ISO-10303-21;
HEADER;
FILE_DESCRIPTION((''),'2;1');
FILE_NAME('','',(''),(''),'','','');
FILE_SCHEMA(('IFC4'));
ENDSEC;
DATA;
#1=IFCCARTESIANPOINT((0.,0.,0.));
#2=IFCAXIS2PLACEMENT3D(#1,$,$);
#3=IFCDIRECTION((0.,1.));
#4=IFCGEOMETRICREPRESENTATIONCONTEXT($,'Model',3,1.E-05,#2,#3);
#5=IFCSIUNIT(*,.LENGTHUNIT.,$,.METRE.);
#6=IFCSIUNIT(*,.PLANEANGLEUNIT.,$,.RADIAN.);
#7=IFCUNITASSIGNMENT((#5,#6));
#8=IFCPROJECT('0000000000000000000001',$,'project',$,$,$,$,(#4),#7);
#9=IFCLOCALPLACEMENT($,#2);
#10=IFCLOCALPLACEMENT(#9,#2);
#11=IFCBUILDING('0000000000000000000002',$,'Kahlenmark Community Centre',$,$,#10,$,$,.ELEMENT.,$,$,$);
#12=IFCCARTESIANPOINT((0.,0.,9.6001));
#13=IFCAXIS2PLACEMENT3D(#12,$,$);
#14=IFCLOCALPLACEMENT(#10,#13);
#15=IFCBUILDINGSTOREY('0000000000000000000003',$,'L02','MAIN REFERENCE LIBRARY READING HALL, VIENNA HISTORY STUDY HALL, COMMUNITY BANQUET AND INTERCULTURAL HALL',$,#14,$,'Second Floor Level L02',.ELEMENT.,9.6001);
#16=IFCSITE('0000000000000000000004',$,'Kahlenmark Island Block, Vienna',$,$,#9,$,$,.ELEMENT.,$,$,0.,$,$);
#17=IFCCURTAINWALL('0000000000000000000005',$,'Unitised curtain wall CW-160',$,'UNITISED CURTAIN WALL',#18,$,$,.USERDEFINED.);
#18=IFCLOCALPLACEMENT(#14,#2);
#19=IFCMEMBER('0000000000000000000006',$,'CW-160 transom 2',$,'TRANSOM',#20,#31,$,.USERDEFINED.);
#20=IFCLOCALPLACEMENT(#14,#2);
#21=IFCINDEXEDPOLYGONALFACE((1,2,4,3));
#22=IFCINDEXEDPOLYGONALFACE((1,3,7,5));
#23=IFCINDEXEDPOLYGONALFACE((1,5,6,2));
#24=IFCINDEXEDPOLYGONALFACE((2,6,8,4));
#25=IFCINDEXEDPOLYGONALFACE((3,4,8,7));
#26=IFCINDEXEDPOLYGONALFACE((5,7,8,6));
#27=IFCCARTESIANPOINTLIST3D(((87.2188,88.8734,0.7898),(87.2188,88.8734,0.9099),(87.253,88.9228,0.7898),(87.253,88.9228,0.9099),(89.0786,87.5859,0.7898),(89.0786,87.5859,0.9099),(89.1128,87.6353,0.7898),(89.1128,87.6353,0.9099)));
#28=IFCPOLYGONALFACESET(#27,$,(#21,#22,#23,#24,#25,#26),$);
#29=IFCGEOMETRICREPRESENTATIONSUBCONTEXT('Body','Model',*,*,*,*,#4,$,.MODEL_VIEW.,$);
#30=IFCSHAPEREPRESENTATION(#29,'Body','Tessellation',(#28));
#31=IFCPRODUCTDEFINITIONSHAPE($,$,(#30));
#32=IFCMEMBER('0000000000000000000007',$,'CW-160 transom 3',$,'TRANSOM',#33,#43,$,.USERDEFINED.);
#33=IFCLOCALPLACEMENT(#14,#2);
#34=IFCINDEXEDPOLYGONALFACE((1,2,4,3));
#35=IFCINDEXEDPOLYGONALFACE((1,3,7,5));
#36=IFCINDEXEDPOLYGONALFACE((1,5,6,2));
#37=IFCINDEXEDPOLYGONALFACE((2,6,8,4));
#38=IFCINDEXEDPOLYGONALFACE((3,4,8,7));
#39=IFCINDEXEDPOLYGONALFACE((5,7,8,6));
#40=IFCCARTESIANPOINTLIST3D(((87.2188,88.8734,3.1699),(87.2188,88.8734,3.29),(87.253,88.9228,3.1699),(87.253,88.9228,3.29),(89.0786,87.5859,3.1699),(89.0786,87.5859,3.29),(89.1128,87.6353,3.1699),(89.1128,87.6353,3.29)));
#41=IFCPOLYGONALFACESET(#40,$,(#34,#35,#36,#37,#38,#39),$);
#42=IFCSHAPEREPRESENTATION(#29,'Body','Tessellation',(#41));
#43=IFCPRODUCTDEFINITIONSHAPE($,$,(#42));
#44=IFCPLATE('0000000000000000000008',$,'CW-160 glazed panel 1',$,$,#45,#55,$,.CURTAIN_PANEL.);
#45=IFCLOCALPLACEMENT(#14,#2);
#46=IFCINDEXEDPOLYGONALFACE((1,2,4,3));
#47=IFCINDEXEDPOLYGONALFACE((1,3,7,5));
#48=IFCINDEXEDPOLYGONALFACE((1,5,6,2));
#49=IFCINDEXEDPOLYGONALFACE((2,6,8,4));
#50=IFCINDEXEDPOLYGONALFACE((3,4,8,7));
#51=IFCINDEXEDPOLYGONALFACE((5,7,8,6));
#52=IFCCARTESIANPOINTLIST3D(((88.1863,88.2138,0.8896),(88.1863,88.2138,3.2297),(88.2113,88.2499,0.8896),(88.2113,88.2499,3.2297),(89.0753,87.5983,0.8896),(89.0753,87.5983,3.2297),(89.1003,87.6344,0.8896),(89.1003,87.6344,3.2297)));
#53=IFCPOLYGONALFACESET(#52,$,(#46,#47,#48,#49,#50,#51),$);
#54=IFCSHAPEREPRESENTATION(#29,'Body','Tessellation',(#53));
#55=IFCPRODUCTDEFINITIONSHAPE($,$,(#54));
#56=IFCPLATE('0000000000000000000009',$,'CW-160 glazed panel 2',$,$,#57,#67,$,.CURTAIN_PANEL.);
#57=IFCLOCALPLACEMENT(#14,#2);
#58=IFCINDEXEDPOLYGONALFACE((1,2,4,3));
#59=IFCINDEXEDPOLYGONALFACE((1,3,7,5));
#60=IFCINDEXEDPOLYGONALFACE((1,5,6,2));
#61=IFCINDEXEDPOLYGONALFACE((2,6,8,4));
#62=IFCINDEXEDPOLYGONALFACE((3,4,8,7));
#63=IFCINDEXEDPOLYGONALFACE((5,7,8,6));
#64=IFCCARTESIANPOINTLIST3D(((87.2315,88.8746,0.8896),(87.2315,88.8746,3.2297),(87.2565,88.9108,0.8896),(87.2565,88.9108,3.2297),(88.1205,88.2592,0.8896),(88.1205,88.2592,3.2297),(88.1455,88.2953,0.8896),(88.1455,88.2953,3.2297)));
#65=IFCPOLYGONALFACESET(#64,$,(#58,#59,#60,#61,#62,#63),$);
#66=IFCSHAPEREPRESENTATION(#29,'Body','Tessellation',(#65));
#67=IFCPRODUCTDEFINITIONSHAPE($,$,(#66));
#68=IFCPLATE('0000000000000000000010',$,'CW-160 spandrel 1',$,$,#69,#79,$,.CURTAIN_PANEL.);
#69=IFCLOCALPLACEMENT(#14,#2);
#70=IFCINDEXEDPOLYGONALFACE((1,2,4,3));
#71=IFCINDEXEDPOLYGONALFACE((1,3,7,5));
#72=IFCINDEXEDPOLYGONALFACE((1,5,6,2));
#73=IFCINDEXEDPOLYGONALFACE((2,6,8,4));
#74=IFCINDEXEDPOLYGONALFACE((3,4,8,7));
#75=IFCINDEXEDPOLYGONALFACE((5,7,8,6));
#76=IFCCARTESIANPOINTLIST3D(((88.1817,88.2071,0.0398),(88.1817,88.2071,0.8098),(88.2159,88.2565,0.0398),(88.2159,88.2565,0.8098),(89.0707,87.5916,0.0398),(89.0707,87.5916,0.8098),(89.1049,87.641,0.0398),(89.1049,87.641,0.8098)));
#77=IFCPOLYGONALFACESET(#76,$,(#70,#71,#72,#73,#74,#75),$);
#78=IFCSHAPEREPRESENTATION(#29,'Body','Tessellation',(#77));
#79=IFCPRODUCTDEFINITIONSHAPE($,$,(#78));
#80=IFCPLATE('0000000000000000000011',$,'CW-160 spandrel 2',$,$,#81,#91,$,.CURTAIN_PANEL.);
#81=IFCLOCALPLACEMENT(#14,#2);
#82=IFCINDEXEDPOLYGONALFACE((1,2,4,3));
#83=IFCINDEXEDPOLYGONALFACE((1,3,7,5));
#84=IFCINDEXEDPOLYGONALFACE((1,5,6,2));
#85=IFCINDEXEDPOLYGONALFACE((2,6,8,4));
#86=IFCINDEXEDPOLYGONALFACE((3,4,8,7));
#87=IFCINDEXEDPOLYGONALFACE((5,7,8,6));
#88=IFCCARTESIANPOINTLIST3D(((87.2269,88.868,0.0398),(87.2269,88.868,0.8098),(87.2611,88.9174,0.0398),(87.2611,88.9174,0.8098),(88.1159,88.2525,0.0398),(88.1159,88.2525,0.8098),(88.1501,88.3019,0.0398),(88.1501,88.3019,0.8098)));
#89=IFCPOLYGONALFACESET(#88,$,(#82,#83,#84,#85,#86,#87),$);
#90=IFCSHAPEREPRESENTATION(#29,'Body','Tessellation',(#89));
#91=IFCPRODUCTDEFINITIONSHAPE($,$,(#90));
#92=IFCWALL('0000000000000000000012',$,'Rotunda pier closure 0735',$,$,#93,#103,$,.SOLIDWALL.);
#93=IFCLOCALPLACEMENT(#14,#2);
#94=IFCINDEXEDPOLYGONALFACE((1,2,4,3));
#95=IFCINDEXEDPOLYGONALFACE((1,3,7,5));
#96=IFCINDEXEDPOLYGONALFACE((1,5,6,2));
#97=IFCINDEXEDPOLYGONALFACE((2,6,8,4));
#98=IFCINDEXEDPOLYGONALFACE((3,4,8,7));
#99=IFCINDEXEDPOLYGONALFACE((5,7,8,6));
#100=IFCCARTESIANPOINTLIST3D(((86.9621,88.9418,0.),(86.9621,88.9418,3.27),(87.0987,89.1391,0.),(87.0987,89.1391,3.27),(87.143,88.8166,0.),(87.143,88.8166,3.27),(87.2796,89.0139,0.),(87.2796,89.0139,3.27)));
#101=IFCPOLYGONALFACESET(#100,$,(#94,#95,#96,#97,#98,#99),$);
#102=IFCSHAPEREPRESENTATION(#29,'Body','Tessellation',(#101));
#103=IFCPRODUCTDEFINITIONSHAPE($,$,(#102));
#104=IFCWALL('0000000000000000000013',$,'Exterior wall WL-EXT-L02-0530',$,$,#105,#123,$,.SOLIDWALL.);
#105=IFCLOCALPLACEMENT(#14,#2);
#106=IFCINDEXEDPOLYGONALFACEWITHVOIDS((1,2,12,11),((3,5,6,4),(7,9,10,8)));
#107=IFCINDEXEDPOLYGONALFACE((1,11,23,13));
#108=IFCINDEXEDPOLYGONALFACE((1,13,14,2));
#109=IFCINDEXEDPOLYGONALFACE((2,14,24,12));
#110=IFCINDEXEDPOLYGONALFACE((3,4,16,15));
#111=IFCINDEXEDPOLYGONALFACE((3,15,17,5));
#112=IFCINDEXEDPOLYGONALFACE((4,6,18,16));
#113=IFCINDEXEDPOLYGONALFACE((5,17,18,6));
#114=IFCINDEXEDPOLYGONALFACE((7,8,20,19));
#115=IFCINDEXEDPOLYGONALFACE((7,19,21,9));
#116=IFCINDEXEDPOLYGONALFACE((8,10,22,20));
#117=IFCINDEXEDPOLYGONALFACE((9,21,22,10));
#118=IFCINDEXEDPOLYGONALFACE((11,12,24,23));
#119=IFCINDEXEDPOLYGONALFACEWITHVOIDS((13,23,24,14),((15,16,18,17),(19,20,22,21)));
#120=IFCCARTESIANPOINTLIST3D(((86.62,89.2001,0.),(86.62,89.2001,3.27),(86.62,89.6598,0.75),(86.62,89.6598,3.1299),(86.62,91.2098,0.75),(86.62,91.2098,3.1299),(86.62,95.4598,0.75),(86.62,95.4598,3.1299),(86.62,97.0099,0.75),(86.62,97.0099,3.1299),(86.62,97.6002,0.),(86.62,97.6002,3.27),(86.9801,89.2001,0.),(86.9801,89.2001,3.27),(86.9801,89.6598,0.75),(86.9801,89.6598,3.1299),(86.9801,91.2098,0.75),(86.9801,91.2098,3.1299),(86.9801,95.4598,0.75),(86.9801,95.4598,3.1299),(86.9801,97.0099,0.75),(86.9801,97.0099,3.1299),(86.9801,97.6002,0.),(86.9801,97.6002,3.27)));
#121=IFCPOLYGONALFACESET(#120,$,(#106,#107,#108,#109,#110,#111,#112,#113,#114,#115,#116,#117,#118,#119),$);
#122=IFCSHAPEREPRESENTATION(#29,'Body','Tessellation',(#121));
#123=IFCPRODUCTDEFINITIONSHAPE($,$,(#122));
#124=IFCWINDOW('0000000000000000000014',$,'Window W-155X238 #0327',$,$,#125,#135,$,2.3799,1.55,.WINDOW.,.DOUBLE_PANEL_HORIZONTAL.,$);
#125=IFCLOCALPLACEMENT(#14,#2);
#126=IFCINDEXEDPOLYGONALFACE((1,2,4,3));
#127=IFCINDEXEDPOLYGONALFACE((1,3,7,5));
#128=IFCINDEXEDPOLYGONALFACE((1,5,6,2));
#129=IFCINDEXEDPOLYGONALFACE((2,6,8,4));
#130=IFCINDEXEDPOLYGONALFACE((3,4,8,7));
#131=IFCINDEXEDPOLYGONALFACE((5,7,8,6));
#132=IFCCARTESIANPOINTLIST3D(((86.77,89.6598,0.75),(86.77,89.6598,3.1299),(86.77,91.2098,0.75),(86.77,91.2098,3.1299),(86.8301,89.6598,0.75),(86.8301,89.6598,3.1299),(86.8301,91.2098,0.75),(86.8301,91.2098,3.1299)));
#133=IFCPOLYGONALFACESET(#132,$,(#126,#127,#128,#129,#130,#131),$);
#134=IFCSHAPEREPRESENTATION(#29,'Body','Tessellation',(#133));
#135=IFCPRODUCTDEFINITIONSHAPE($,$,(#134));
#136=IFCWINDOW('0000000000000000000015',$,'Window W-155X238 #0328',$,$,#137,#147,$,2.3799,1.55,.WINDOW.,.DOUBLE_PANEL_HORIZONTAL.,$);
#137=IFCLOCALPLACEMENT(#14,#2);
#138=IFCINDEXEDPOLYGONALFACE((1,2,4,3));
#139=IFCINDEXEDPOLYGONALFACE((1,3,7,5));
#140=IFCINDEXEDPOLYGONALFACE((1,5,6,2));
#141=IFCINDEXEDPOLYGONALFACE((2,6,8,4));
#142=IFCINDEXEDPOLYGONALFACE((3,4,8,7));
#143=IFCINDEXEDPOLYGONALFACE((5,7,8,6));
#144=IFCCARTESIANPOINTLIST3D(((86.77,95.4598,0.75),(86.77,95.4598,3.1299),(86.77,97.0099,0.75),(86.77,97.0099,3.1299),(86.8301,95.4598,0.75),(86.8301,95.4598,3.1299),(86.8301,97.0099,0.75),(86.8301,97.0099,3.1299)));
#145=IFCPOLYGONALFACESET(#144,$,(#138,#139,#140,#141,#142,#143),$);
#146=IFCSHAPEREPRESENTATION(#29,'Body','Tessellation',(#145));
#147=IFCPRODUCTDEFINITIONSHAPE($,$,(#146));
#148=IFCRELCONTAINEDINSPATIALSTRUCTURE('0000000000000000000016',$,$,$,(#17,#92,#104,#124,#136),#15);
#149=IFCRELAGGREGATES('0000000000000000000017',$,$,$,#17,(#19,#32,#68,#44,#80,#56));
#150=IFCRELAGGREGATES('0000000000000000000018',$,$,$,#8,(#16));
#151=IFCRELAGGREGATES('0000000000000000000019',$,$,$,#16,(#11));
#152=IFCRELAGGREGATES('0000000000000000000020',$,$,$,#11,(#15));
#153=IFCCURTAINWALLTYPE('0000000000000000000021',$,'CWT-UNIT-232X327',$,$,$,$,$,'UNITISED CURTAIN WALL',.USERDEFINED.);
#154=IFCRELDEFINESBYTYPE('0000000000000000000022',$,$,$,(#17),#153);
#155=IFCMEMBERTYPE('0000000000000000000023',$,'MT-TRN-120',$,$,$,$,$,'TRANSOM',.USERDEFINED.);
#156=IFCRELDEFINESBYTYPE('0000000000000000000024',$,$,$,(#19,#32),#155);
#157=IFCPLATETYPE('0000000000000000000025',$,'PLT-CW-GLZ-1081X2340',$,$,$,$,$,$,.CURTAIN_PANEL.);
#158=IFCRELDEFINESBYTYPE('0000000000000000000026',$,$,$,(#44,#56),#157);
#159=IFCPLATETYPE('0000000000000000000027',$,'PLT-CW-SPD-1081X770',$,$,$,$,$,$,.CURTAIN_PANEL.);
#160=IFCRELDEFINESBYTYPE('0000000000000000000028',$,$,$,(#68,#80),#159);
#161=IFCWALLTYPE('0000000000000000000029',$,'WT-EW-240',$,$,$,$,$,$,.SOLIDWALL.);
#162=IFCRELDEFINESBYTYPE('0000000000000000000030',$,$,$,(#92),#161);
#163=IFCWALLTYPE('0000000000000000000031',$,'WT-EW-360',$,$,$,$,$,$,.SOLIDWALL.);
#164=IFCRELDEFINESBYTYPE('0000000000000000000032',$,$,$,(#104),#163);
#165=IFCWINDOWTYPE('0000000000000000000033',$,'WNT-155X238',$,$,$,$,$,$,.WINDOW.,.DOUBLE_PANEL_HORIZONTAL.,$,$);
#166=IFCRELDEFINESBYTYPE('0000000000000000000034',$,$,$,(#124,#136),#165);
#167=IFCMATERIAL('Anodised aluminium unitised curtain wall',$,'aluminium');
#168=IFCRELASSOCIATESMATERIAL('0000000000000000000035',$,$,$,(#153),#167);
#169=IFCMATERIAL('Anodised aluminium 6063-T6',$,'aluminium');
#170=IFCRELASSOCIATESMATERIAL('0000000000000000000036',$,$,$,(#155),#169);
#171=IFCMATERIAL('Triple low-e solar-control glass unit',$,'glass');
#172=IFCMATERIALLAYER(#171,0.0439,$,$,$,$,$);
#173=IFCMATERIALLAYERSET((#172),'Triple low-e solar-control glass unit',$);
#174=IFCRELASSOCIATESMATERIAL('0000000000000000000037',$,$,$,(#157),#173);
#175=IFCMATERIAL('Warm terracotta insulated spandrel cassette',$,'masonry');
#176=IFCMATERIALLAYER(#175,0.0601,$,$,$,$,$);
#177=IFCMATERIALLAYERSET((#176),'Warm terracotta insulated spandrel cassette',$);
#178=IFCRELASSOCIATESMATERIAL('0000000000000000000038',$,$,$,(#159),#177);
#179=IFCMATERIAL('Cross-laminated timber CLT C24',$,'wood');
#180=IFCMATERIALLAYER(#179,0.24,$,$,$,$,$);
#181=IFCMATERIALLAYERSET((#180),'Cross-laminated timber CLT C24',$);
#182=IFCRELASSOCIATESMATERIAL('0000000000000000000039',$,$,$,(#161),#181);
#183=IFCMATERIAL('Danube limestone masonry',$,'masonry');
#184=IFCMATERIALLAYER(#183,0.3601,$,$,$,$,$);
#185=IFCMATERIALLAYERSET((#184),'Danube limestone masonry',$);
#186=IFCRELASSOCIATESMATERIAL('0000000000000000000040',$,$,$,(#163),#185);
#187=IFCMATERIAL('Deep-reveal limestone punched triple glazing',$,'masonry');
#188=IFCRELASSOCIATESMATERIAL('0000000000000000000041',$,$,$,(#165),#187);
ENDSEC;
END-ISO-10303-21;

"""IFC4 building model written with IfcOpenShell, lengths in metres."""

from ifc_helpers import new_model, si_unit, direction, frame, frame_2d, origin, origin_2d, place, context, subcontext, project, spatial, rectangle, extrude, material, layer, layer_set, material_profile, profile_set, type_object, element, fill, aggregate, save


model = new_model("IFC4")

# Units and contexts
model_context = context("Model", 3, precision=1e-05, world=origin(), true_north=direction((0.0, 1.0)))
body_context = subcontext(model_context, "Body", "Model", "MODEL_VIEW")
ifc_project = project(units=[si_unit("LENGTHUNIT", "METRE"), si_unit("PLANEANGLEUNIT", "RADIAN")], contexts=[model_context])

# Site, building, storey
site_placement = place(None, origin())
site = spatial("IfcSite", under=ifc_project, at=site_placement, Name="Kahlenmark Island Block, Vienna", CompositionType="ELEMENT", RefElevation=0.0)
building_placement = place(site_placement, origin())
building = spatial("IfcBuilding", under=site, at=building_placement, Name="Kahlenmark Community Centre", CompositionType="ELEMENT")
storey_placement = place(building_placement, frame((0.0, 0.0, 9.6001)))
storey = spatial("IfcBuildingStorey", under=building, at=storey_placement, Name="L02", Description="MAIN REFERENCE LIBRARY READING HALL, VIENNA HISTORY STUDY HALL, COMMUNITY BANQUET AND INTERCULTURAL HALL", LongName="Second Floor Level L02", CompositionType="ELEMENT", Elevation=9.6001)

# Curtain wall, members, plates
ifc_material_1 = material(Name="Anodised aluminium unitised curtain wall", Category="aluminium")
curtain_wall_type = type_object("IfcCurtainWallType", Name="CWT-UNIT-232X327", ElementType="UNITISED CURTAIN WALL", PredefinedType="USERDEFINED", material=ifc_material_1)
curtain_wall_placement = place(storey_placement, origin())
curtain_wall = element("IfcCurtainWall", 1, at=curtain_wall_placement, inside=storey, type_object=curtain_wall_type, Name="Unitised curtain wall CW-160", ObjectType="UNITISED CURTAIN WALL", PredefinedType="USERDEFINED")
ifc_material_2 = material(Name="Anodised aluminium 6063-T6", Category="aluminium")
ifc_material_profile_1 = material_profile(ifc_material_2, rectangle(XDim=0.0601, YDim=0.1201, at=origin_2d()), Name="ALU TRANSOM 60x120")
ifc_profile_set_1 = profile_set([ifc_material_profile_1], Name="Anodised aluminium 6063-T6")
member_type_1 = type_object("IfcMemberType", Name="MT-TRN-120", ElementType="TRANSOM", PredefinedType="USERDEFINED", material=ifc_profile_set_1)
member_1_placement = place(storey_placement, frame((89.0957, 87.6106, 0.8499), z_axis=(-0.822192, 0.56921, 0.0), x_axis=(-0.56921, -0.822192, 0.0)))
member_1 = element("IfcMember", 2, at=member_1_placement, type_object=member_type_1, Name="CW-160 transom 2", ObjectType="TRANSOM", PredefinedType="USERDEFINED", context=body_context, shape_type="SweptSolid", body=[
    extrude(rectangle(XDim=0.0601, YDim=0.1201, at=origin_2d()), origin(), (0.0, 0.0, 1.0), 2.262),
])
member_2_placement = place(storey_placement, frame((89.0957, 87.6106, 3.23), z_axis=(-0.822192, 0.56921, 0.0), x_axis=(-0.56921, -0.822192, 0.0)))
member_2 = element("IfcMember", 3, at=member_2_placement, type_object=member_type_1, Name="CW-160 transom 3", ObjectType="TRANSOM", PredefinedType="USERDEFINED", context=body_context, shape_type="SweptSolid", body=[
    extrude(rectangle(XDim=0.0601, YDim=0.1201, at=origin_2d()), origin(), (0.0, 0.0, 1.0), 2.262),
])
ifc_material_3 = material(Name="Triple low-e solar-control glass unit", Category="glass")
ifc_layer_1 = layer(ifc_material_3, 0.0439)
ifc_layer_set_1 = layer_set([ifc_layer_1], Name="Triple low-e solar-control glass unit")
plate_type_1 = type_object("IfcPlateType", Name="PLT-CW-GLZ-1081X2340", PredefinedType="CURTAIN_PANEL", material=ifc_layer_set_1)
plate_1_placement = place(storey_placement, frame((88.6433, 87.9241, 0.8896), z_axis=(0.0, 0.0, 1.0), x_axis=(-0.822191, 0.569212, 0.0)))
plate_1 = element("IfcPlate", 4, at=plate_1_placement, type_object=plate_type_1, Name="CW-160 glazed panel 1", PredefinedType="CURTAIN_PANEL", context=body_context, shape_type="SweptSolid", body=[
    extrude(rectangle(XDim=1.0813, YDim=0.0439, at=origin_2d()), origin(), (0.0, 0.0, 1.0), 2.3401),
])
plate_2_placement = place(storey_placement, frame((87.6885, 88.585, 0.8896), z_axis=(0.0, 0.0, 1.0), x_axis=(-0.822191, 0.569212, 0.0)))
plate_2 = element("IfcPlate", 5, at=plate_2_placement, type_object=plate_type_1, Name="CW-160 glazed panel 2", PredefinedType="CURTAIN_PANEL", context=body_context, shape_type="SweptSolid", body=[
    extrude(rectangle(XDim=1.0813, YDim=0.0439, at=origin_2d()), origin(), (0.0, 0.0, 1.0), 2.3401),
])
ifc_material_4 = material(Name="Warm terracotta insulated spandrel cassette", Category="masonry")
ifc_layer_2 = layer(ifc_material_4, 0.0601)
ifc_layer_set_2 = layer_set([ifc_layer_2], Name="Warm terracotta insulated spandrel cassette")
plate_type_2 = type_object("IfcPlateType", Name="PLT-CW-SPD-1081X770", PredefinedType="CURTAIN_PANEL", material=ifc_layer_set_2)
plate_3_placement = place(storey_placement, frame((88.6433, 87.9241, 0.0398), z_axis=(0.0, 0.0, 1.0), x_axis=(-0.822191, 0.569212, 0.0)))
plate_3 = element("IfcPlate", 6, at=plate_3_placement, type_object=plate_type_2, Name="CW-160 spandrel 1", PredefinedType="CURTAIN_PANEL", context=body_context, shape_type="SweptSolid", body=[
    extrude(rectangle(XDim=1.0813, YDim=0.0601, at=origin_2d()), origin(), (0.0, 0.0, 1.0), 0.77),
])
plate_4_placement = place(storey_placement, frame((87.6885, 88.585, 0.0398), z_axis=(0.0, 0.0, 1.0), x_axis=(-0.822191, 0.569212, 0.0)))
plate_4 = element("IfcPlate", 7, at=plate_4_placement, type_object=plate_type_2, Name="CW-160 spandrel 2", PredefinedType="CURTAIN_PANEL", context=body_context, shape_type="SweptSolid", body=[
    extrude(rectangle(XDim=1.0813, YDim=0.0601, at=origin_2d()), origin(), (0.0, 0.0, 1.0), 0.77),
])
aggregate(curtain_wall, [member_1, member_2, plate_3, plate_1, plate_4, plate_2])

# Wall
ifc_material_5 = material(Name="Cross-laminated timber CLT C24", Category="wood")
ifc_layer_3 = layer(ifc_material_5, 0.24)
ifc_layer_set_3 = layer_set([ifc_layer_3], Name="Cross-laminated timber CLT C24")
wall_type_1 = type_object("IfcWallType", Name="WT-EW-240", PredefinedType="SOLIDWALL", material=ifc_layer_set_3)
wall_1_placement = place(storey_placement, frame((87.2112, 88.9153, 0.0), z_axis=(0.0, 0.0, 1.0), x_axis=(-0.822192, 0.56921, 0.0)))
element("IfcWall", 8, at=wall_1_placement, inside=storey, type_object=wall_type_1, Name="Rotunda pier closure 0735", PredefinedType="SOLIDWALL", context=body_context, shape_type="SweptSolid", body=[
    extrude(rectangle(XDim=0.22, YDim=0.24, at=frame_2d((0.1099, 0.0))), origin(), (0.0, 0.0, 1.0), 3.27),
])

# Wall, openings, windows
ifc_material_6 = material(Name="Danube limestone masonry", Category="masonry")
ifc_layer_4 = layer(ifc_material_6, 0.3601)
ifc_layer_set_4 = layer_set([ifc_layer_4], Name="Danube limestone masonry")
wall_type_2 = type_object("IfcWallType", Name="WT-EW-360", PredefinedType="SOLIDWALL", material=ifc_layer_set_4)
wall_2_placement = place(storey_placement, frame((86.8, 89.2, 0.0), z_axis=(0.0, 0.0, 1.0), x_axis=(0.0, 1.0, 0.0)))
wall_2 = element("IfcWall", 9, at=wall_2_placement, inside=storey, type_object=wall_type_2, Name="Exterior wall WL-EXT-L02-0530", PredefinedType="SOLIDWALL", context=body_context, shape_type="SweptSolid", body=[
    extrude(rectangle(XDim=8.4001, YDim=0.3601, at=frame_2d((4.2002, 0.0))), origin(), (0.0, 0.0, 1.0), 3.27),
])
opening_1_placement = place(wall_2_placement, frame((0.46, 0.0, 0.75)))
opening_1 = element("IfcOpeningElement", 10, at=opening_1_placement, cuts=wall_2, PredefinedType="OPENING", context=body_context, shape_type="SweptSolid", body=[
    extrude(rectangle(XDim=1.55, YDim=2.3799, at=frame_2d((0.7749, 1.1899))), frame((0.0, 0.1899, 0.0), z_axis=(0.0, -1.0, 0.0), x_axis=(1.0, 0.0, 0.0)), (0.0, 0.0, 1.0), 0.3801),
])
opening_2_placement = place(wall_2_placement, frame((6.26, 0.0, 0.75)))
opening_2 = element("IfcOpeningElement", 11, at=opening_2_placement, cuts=wall_2, PredefinedType="OPENING", context=body_context, shape_type="SweptSolid", body=[
    extrude(rectangle(XDim=1.55, YDim=2.3799, at=frame_2d((0.7749, 1.1899))), frame((0.0, 0.1899, 0.0), z_axis=(0.0, -1.0, 0.0), x_axis=(1.0, 0.0, 0.0)), (0.0, 0.0, 1.0), 0.3801),
])
ifc_material_7 = material(Name="Deep-reveal limestone punched triple glazing", Category="masonry")
window_type = type_object("IfcWindowType", Name="WNT-155X238", PartitioningType="DOUBLE_PANEL_HORIZONTAL", PredefinedType="WINDOW", material=ifc_material_7)
window_1_placement = place(opening_1_placement, origin())
window_1 = element("IfcWindow", 12, at=window_1_placement, inside=storey, type_object=window_type, Name="Window W-155X238 #0327", OverallHeight=2.3799, OverallWidth=1.55, PartitioningType="DOUBLE_PANEL_HORIZONTAL", PredefinedType="WINDOW", context=body_context, shape_type="SweptSolid", body=[
    extrude(rectangle(XDim=1.55, YDim=2.3799, at=frame_2d((0.7749, 1.1899))), frame((0.0, 0.03, 0.0), z_axis=(0.0, -1.0, 0.0), x_axis=(1.0, 0.0, 0.0)), (0.0, 0.0, 1.0), 0.0601),
])
fill(opening_1, window_1)
window_2_placement = place(opening_2_placement, origin())
window_2 = element("IfcWindow", 13, at=window_2_placement, inside=storey, type_object=window_type, Name="Window W-155X238 #0328", OverallHeight=2.3799, OverallWidth=1.55, PartitioningType="DOUBLE_PANEL_HORIZONTAL", PredefinedType="WINDOW", context=body_context, shape_type="SweptSolid", body=[
    extrude(rectangle(XDim=1.55, YDim=2.3799, at=frame_2d((0.7749, 1.1899))), frame((0.0, 0.03, 0.0), z_axis=(0.0, -1.0, 0.0), x_axis=(1.0, 0.0, 0.0)), (0.0, 0.0, 1.0), 0.0601),
])
fill(opening_2, window_2)

save(model, "model.ifc")
